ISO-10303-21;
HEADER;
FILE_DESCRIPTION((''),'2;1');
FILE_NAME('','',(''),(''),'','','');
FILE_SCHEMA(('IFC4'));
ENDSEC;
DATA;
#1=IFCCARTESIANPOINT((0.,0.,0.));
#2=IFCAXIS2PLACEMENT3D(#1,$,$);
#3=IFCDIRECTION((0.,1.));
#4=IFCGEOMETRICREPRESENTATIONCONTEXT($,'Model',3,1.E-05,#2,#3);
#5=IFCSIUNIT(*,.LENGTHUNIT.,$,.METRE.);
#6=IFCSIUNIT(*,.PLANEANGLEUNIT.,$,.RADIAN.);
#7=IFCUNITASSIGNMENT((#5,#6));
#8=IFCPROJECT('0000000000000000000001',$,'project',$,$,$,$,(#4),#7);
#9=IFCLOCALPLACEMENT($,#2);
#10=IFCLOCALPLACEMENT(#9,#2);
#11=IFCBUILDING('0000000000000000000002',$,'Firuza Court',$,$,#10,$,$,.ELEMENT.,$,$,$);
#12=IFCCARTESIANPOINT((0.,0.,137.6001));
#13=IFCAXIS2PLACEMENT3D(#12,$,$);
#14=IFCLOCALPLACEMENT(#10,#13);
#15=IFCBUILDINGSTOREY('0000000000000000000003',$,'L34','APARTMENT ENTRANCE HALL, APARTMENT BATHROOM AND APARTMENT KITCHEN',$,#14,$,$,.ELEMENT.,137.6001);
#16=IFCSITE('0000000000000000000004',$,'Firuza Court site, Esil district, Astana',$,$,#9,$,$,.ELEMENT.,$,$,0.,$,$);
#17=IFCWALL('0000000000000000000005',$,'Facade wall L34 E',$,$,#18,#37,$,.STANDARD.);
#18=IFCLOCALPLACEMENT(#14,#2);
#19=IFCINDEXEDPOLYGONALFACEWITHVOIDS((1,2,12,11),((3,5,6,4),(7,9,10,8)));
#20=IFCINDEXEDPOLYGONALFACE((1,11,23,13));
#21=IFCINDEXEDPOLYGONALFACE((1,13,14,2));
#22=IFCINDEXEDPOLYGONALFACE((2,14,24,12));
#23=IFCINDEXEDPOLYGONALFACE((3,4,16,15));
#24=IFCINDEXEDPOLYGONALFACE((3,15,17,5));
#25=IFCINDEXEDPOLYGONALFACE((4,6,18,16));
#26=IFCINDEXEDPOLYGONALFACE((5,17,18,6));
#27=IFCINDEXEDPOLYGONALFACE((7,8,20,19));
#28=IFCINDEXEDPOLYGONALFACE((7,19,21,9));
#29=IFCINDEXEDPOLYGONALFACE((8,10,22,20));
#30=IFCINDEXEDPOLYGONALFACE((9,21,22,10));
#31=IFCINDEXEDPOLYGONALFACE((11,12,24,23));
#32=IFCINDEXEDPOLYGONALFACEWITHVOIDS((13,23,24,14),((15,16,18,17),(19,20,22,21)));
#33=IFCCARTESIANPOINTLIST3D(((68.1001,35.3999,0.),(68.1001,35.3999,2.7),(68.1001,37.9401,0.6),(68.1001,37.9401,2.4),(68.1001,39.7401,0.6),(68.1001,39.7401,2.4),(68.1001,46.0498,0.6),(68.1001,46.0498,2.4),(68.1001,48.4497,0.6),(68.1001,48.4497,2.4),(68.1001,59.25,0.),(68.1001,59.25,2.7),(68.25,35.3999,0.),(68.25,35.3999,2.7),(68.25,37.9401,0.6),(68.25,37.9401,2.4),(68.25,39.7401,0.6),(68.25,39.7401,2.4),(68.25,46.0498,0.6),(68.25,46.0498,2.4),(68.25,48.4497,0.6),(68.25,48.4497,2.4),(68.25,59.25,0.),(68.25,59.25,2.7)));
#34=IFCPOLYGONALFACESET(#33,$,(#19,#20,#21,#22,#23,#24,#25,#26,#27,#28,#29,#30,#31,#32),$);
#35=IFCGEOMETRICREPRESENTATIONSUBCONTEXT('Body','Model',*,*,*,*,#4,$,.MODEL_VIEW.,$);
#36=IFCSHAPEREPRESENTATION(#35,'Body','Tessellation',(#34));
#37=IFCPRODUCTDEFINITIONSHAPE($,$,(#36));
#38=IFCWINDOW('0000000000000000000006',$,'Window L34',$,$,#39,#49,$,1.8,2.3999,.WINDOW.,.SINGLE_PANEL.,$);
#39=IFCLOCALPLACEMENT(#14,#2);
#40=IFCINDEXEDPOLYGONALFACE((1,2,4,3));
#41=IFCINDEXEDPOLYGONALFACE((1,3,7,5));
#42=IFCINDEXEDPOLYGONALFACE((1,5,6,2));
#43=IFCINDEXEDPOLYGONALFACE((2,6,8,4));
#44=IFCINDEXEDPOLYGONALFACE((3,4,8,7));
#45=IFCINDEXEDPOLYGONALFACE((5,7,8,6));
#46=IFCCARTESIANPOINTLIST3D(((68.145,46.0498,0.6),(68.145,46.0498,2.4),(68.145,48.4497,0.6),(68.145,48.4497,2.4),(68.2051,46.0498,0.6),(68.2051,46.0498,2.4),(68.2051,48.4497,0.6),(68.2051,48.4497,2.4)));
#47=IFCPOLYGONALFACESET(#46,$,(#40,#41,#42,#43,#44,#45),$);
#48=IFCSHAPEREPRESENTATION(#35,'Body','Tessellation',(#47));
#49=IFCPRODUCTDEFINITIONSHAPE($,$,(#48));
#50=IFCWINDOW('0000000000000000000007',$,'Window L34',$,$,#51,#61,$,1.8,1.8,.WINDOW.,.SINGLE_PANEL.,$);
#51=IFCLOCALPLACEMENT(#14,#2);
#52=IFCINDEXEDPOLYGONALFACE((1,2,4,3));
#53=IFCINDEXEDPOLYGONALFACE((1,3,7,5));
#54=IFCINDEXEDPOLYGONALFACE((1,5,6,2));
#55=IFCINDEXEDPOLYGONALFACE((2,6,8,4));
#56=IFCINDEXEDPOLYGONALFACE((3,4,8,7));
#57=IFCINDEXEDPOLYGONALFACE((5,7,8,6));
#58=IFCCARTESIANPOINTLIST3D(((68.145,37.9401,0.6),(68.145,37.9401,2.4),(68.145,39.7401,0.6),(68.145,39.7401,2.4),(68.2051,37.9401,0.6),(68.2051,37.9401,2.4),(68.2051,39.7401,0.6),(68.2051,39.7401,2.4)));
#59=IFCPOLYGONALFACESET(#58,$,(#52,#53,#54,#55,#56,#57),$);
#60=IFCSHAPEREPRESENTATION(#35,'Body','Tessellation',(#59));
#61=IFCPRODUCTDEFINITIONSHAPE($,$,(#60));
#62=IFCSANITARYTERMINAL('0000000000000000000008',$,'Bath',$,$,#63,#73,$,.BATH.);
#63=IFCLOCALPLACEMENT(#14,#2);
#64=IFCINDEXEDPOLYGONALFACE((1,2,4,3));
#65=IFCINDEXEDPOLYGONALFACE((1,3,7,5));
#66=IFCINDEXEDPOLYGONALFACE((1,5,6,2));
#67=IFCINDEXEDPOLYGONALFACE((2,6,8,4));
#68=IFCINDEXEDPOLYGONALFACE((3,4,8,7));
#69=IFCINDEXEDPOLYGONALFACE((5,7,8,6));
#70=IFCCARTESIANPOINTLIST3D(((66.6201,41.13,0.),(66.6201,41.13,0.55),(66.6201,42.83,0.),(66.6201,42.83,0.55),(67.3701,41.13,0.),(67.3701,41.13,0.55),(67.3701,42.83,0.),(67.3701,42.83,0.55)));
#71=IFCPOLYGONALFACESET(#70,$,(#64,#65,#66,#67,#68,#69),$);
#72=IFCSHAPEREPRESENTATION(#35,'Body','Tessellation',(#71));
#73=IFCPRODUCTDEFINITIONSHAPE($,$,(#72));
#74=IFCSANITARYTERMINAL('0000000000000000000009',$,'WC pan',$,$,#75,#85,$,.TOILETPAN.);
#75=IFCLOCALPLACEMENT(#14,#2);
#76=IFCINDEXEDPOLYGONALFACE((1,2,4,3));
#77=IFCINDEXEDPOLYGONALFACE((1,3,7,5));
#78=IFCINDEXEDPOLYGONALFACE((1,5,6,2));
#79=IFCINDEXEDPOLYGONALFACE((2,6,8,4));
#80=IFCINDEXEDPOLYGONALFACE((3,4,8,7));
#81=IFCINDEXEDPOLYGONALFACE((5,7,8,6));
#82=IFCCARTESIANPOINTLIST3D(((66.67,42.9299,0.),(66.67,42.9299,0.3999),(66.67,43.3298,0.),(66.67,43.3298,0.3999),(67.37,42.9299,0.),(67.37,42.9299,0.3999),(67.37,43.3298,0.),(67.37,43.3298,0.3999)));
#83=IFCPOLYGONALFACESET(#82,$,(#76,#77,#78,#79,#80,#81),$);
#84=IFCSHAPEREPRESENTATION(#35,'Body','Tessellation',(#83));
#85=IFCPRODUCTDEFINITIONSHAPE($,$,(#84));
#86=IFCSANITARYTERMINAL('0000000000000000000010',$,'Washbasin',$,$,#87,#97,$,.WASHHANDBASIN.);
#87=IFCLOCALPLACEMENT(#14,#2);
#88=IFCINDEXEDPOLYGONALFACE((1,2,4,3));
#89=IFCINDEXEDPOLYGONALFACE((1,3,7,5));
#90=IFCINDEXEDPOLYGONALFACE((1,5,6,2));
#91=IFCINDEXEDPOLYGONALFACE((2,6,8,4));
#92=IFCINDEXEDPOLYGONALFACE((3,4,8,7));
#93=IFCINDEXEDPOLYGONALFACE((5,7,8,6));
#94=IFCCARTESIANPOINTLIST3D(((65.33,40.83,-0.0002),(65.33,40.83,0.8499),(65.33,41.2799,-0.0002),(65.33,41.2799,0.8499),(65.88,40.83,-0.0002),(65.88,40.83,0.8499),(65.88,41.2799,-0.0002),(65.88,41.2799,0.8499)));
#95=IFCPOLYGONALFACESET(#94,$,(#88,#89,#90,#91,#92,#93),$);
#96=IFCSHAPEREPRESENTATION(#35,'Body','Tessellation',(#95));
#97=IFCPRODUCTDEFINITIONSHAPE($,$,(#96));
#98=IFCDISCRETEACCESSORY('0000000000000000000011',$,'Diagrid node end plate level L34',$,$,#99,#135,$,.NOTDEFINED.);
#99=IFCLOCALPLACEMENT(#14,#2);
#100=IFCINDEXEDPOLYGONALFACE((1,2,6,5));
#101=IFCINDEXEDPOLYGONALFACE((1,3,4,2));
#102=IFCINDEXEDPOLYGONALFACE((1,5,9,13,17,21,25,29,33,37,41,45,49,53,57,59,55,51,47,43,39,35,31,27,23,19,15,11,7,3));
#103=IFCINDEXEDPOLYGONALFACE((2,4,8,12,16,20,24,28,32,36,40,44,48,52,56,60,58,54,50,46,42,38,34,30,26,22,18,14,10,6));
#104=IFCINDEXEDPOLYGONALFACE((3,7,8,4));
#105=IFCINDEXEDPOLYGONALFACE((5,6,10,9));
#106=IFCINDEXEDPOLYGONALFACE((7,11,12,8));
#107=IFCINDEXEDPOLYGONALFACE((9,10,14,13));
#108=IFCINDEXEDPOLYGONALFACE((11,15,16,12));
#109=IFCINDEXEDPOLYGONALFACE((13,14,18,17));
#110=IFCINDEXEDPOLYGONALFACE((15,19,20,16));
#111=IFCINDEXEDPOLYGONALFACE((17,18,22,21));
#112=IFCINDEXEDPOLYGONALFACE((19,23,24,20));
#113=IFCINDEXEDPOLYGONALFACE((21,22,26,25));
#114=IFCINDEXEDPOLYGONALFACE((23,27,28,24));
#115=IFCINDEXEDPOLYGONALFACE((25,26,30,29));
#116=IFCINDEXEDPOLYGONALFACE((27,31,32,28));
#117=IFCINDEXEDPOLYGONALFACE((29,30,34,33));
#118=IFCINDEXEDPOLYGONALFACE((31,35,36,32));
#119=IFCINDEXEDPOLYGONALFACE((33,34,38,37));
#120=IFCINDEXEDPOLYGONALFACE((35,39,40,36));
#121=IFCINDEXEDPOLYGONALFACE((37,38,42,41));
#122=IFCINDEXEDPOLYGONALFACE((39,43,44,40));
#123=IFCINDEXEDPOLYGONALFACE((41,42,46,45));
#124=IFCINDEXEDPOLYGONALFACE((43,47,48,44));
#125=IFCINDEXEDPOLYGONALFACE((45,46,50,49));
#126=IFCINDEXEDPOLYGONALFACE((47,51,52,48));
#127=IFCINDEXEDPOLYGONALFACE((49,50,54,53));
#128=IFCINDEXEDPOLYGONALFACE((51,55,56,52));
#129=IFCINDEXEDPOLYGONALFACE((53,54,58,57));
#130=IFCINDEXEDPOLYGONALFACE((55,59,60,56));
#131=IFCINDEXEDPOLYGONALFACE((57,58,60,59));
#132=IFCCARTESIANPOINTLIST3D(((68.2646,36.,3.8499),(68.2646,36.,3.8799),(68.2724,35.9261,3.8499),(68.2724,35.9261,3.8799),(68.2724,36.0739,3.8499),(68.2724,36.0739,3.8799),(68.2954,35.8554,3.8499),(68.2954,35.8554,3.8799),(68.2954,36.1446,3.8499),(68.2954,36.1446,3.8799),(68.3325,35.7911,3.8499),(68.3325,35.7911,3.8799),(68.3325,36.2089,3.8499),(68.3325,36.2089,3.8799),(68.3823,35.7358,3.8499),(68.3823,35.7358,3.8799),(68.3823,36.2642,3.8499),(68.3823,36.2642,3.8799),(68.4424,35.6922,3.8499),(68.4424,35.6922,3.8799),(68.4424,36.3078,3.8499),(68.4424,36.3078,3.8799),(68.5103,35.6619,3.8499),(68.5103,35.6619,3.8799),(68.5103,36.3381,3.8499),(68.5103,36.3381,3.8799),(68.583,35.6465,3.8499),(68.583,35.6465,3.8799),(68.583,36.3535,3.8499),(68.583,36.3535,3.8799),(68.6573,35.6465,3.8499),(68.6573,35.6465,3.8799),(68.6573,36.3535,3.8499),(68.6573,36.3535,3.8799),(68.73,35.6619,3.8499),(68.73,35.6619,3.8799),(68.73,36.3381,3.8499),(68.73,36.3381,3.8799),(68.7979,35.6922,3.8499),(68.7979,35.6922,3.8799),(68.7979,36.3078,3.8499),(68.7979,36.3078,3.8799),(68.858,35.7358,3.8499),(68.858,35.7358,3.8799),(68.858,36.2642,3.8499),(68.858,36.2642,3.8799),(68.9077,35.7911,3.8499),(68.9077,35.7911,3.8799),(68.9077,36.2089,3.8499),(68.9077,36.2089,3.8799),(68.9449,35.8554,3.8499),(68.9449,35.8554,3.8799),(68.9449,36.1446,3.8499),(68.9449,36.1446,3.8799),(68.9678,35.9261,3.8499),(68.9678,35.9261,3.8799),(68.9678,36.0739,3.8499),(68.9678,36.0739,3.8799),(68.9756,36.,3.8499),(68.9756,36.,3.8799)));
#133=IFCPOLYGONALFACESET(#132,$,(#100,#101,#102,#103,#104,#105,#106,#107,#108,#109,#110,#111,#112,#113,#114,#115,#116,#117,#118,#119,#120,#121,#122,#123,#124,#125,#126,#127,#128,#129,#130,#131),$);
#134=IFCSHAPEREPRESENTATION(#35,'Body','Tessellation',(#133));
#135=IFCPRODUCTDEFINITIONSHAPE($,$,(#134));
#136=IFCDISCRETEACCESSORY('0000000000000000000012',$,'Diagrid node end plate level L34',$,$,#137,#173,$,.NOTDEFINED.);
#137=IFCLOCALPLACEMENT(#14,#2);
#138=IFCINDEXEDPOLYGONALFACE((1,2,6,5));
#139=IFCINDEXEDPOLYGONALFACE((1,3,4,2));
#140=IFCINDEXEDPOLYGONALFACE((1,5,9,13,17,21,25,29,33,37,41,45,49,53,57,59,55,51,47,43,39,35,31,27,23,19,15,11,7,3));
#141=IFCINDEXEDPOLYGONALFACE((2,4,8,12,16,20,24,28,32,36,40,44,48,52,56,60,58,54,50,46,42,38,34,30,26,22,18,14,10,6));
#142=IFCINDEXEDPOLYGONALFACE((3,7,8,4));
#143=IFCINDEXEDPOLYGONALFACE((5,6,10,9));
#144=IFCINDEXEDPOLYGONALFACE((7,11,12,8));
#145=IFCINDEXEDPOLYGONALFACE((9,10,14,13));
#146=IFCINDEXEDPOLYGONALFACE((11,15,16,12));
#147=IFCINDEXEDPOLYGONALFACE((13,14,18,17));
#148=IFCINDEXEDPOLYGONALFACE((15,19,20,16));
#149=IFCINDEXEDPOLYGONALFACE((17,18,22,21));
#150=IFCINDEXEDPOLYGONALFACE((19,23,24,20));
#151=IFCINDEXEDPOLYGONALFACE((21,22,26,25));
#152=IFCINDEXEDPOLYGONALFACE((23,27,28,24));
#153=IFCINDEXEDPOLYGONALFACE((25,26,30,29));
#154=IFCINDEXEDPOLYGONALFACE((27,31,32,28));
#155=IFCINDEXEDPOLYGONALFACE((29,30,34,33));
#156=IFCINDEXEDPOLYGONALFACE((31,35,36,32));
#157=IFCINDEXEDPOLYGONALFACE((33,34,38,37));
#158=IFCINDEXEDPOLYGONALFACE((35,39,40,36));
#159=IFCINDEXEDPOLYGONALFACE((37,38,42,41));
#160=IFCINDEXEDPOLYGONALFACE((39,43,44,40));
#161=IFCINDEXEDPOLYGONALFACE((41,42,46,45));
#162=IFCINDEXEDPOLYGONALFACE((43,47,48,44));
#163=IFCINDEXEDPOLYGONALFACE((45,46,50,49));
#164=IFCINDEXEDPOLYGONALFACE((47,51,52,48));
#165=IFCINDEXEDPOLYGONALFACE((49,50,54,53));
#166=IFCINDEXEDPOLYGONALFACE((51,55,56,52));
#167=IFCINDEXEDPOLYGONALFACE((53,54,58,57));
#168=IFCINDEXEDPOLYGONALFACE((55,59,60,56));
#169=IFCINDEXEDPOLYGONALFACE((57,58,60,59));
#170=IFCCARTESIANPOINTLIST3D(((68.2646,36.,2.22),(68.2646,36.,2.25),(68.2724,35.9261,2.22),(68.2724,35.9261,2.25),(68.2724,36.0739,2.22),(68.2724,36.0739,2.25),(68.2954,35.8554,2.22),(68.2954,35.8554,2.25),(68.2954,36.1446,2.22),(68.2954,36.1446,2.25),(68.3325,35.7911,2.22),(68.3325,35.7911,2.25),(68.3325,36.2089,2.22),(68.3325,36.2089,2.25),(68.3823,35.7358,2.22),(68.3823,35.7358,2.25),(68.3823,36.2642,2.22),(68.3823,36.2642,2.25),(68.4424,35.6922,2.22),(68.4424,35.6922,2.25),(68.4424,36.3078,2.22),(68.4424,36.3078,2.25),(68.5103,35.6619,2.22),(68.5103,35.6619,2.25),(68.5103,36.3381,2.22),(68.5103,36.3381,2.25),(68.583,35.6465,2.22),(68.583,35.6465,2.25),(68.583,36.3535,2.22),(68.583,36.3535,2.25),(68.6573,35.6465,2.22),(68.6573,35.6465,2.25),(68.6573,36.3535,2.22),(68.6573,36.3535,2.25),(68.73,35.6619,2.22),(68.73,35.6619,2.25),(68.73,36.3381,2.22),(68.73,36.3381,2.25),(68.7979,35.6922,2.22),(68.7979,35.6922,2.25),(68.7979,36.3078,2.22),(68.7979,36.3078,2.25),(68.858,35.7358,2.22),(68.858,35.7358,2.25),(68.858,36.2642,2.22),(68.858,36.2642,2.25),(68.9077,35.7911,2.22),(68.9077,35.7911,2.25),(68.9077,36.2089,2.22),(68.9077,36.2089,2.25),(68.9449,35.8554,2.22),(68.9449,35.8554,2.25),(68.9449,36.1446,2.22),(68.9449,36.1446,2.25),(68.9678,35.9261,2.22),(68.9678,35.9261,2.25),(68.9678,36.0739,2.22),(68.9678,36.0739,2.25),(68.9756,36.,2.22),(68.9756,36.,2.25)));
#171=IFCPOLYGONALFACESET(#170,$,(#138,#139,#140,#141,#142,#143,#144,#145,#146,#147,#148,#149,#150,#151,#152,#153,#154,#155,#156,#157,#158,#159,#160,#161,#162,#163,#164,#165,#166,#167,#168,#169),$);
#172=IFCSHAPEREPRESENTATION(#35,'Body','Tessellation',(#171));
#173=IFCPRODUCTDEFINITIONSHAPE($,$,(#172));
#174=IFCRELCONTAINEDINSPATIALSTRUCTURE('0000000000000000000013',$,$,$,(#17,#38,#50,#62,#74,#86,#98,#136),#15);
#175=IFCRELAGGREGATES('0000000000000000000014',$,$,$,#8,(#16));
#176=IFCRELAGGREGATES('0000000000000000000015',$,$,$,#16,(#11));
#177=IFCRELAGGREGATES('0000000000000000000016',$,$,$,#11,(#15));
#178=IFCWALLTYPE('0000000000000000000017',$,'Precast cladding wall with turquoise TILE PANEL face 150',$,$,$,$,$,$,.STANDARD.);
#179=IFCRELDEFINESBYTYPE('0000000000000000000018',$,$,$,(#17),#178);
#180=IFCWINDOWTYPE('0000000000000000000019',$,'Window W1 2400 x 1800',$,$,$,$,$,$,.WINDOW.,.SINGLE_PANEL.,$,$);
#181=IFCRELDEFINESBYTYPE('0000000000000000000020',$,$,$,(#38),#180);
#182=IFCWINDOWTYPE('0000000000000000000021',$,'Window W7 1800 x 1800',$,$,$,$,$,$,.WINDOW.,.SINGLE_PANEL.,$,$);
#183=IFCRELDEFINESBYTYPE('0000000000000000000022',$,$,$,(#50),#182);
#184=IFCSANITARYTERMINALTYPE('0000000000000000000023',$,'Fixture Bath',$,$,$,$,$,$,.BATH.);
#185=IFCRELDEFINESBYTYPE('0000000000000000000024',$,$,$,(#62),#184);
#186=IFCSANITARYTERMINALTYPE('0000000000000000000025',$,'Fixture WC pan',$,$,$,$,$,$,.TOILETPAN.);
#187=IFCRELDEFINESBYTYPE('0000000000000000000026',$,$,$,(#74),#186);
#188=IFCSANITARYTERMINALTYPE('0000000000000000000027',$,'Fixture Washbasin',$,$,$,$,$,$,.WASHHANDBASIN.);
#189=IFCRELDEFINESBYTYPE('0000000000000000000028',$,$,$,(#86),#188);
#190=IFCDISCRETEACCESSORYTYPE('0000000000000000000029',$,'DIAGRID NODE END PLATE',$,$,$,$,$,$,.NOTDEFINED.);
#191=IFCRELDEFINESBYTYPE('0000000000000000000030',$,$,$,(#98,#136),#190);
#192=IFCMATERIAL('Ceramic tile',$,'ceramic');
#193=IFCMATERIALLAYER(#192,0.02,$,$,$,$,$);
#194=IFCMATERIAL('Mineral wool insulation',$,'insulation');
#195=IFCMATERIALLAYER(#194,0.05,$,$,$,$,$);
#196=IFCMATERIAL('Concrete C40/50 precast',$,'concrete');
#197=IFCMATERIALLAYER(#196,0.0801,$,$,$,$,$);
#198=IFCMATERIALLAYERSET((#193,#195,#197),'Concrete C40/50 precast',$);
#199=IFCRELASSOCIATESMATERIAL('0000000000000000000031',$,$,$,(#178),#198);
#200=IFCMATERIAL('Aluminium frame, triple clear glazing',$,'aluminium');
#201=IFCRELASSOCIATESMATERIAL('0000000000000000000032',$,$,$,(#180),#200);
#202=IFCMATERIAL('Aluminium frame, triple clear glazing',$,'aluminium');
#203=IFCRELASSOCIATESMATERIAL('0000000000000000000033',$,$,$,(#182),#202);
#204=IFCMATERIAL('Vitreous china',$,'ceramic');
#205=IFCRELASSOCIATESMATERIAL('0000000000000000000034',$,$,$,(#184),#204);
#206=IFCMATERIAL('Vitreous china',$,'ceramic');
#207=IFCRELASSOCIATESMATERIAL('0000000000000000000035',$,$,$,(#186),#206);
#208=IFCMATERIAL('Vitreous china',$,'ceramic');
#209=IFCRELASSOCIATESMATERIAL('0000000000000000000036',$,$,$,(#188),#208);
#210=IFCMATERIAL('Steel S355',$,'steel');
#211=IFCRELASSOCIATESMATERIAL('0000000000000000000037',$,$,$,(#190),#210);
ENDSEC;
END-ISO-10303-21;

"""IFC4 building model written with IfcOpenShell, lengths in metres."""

from ifc_helpers import new_model, si_unit, direction, frame, frame_2d, origin, origin_2d, place, context, subcontext, project, spatial, rectangle, circle, extrude, material, layer, layer_set, material_profile, profile_set, type_object, element, fill, save


model = new_model("IFC4")

# Units and contexts
model_context = context("Model", 3, precision=1e-05, world=origin(), true_north=direction((0.0, 1.0)))
body_context = subcontext(model_context, "Body", "Model", "MODEL_VIEW")
ifc_project = project(units=[si_unit("LENGTHUNIT", "METRE"), si_unit("PLANEANGLEUNIT", "RADIAN")], contexts=[model_context])

# Site, building, storey
site_placement = place(None, origin())
site = spatial("IfcSite", under=ifc_project, at=site_placement, Name="Firuza Court site, Esil district, Astana", CompositionType="ELEMENT", RefElevation=0.0)
building_placement = place(site_placement, origin())
building = spatial("IfcBuilding", under=site, at=building_placement, Name="Firuza Court", CompositionType="ELEMENT")
storey_placement = place(building_placement, frame((0.0, 0.0, 137.6001)))
storey = spatial("IfcBuildingStorey", under=building, at=storey_placement, Name="L34", Description="APARTMENT ENTRANCE HALL, APARTMENT BATHROOM AND APARTMENT KITCHEN", CompositionType="ELEMENT", Elevation=137.6001)

# Wall, openings, windows
ifc_material_1 = material(Name="Ceramic tile", Category="ceramic")
ifc_layer_1 = layer(ifc_material_1, 0.02)
ifc_material_2 = material(Name="Mineral wool insulation", Category="insulation")
ifc_layer_2 = layer(ifc_material_2, 0.05)
ifc_material_3 = material(Name="Concrete C40/50 precast", Category="concrete")
ifc_layer_3 = layer(ifc_material_3, 0.0801)
ifc_layer_set_1 = layer_set([ifc_layer_1, ifc_layer_2, ifc_layer_3], Name="Concrete C40/50 precast")
wall_type_1 = type_object("IfcWallType", Name="Precast cladding wall with turquoise TILE PANEL face 150", PredefinedType="STANDARD", material=ifc_layer_set_1)
wall_1_placement = place(storey_placement, frame((68.175, 35.3999, 0.0), z_axis=(0.0, 0.0, 1.0), x_axis=(0.0, 1.0, 0.0)))
wall_1 = element("IfcWall", 1, at=wall_1_placement, inside=storey, type_object=wall_type_1, Name="Facade wall L34 E", PredefinedType="STANDARD", context=body_context, shape_type="SweptSolid", body=[
    extrude(rectangle(XDim=23.8501, YDim=0.1499, at=frame_2d((11.925, 0.0))), origin(), (0.0, 0.0, 1.0), 2.7),
])
opening_1_placement = place(wall_1_placement, frame((2.5403, 0.0, 0.6001)))
opening_1 = element("IfcOpeningElement", 2, at=opening_1_placement, cuts=wall_1, PredefinedType="OPENING", context=body_context, shape_type="SweptSolid", body=[
    extrude(rectangle(XDim=1.8, YDim=1.8, at=frame_2d((0.8999, 0.8999))), frame((0.0, 0.0869, 0.0), z_axis=(0.0, -1.0, 0.0), x_axis=(1.0, 0.0, 0.0)), (0.0, 0.0, 1.0), 0.1738),
])
opening_2_placement = place(wall_1_placement, frame((10.6499, 0.0, 0.6001)))
opening_2 = element("IfcOpeningElement", 3, at=opening_2_placement, cuts=wall_1, PredefinedType="OPENING", context=body_context, shape_type="SweptSolid", body=[
    extrude(rectangle(XDim=2.3999, YDim=1.8, at=frame_2d((1.2, 0.8999))), frame((0.0, 0.0869, 0.0), z_axis=(0.0, -1.0, 0.0), x_axis=(1.0, 0.0, 0.0)), (0.0, 0.0, 1.0), 0.1738),
])
ifc_material_4 = material(Name="Aluminium frame, triple clear glazing", Category="aluminium")
window_type_1 = type_object("IfcWindowType", Name="Window W1 2400 x 1800", PartitioningType="SINGLE_PANEL", PredefinedType="WINDOW", material=ifc_material_4)
window_1_placement = place(opening_2_placement, origin())
window_1 = element("IfcWindow", 4, at=window_1_placement, inside=storey, type_object=window_type_1, Name="Window L34", OverallHeight=1.8, OverallWidth=2.3999, PartitioningType="SINGLE_PANEL", PredefinedType="WINDOW", context=body_context, shape_type="SweptSolid", body=[
    extrude(rectangle(XDim=2.3999, YDim=1.8, at=frame_2d((1.2, 0.8999))), frame((0.0, 0.03, 0.0), z_axis=(0.0, -1.0, 0.0), x_axis=(1.0, 0.0, 0.0)), (0.0, 0.0, 1.0), 0.0601),
])
fill(opening_2, window_1)
ifc_material_5 = material(Name="Aluminium frame, triple clear glazing", Category="aluminium")
window_type_2 = type_object("IfcWindowType", Name="Window W7 1800 x 1800", PartitioningType="SINGLE_PANEL", PredefinedType="WINDOW", material=ifc_material_5)
window_2_placement = place(opening_1_placement, origin())
window_2 = element("IfcWindow", 5, at=window_2_placement, inside=storey, type_object=window_type_2, Name="Window L34", OverallHeight=1.8, OverallWidth=1.8, PartitioningType="SINGLE_PANEL", PredefinedType="WINDOW", context=body_context, shape_type="SweptSolid", body=[
    extrude(rectangle(XDim=1.8, YDim=1.8, at=frame_2d((0.8999, 0.8999))), frame((0.0, 0.03, 0.0), z_axis=(0.0, -1.0, 0.0), x_axis=(1.0, 0.0, 0.0)), (0.0, 0.0, 1.0), 0.0601),
])
fill(opening_1, window_2)

# Sanitary terminals
ifc_material_6 = material(Name="Vitreous china", Category="ceramic")
sanitary_terminal_type_1 = type_object("IfcSanitaryTerminalType", Name="Fixture Bath", PredefinedType="BATH", material=ifc_material_6)
sanitary_terminal_1_placement = place(storey_placement, frame((66.9951, 41.98, 0.0), z_axis=(0.0, 0.0, 1.0), x_axis=(1.0, 0.0, 0.0)))
element("IfcSanitaryTerminal", 6, at=sanitary_terminal_1_placement, inside=storey, type_object=sanitary_terminal_type_1, Name="Bath", PredefinedType="BATH", context=body_context, shape_type="SweptSolid", body=[
    extrude(rectangle(XDim=0.75, YDim=1.7, at=origin_2d()), origin(), (0.0, 0.0, 1.0), 0.55),
])
ifc_material_7 = material(Name="Vitreous china", Category="ceramic")
sanitary_terminal_type_2 = type_object("IfcSanitaryTerminalType", Name="Fixture WC pan", PredefinedType="TOILETPAN", material=ifc_material_7)
sanitary_terminal_2_placement = place(storey_placement, frame((67.02, 43.1299, 0.0), z_axis=(0.0, 0.0, 1.0), x_axis=(1.0, 0.0, 0.0)))
element("IfcSanitaryTerminal", 7, at=sanitary_terminal_2_placement, inside=storey, type_object=sanitary_terminal_type_2, Name="WC pan", PredefinedType="TOILETPAN", context=body_context, shape_type="SweptSolid", body=[
    extrude(rectangle(XDim=0.7, YDim=0.3999, at=origin_2d()), origin(), (0.0, 0.0, 1.0), 0.3999),
])
ifc_material_8 = material(Name="Vitreous china", Category="ceramic")
sanitary_terminal_type_3 = type_object("IfcSanitaryTerminalType", Name="Fixture Washbasin", PredefinedType="WASHHANDBASIN", material=ifc_material_8)
sanitary_terminal_3_placement = place(storey_placement, frame((65.605, 41.0549, -0.0002), z_axis=(0.0, 0.0, 1.0), x_axis=(1.0, 0.0, 0.0)))
element("IfcSanitaryTerminal", 8, at=sanitary_terminal_3_placement, inside=storey, type_object=sanitary_terminal_type_3, Name="Washbasin", PredefinedType="WASHHANDBASIN", context=body_context, shape_type="SweptSolid", body=[
    extrude(rectangle(XDim=0.55, YDim=0.45, at=origin_2d()), origin(), (0.0, 0.0, 1.0), 0.8501),
])

# Discrete accessories
ifc_material_9 = material(Name="Steel S355", Category="steel")
ifc_material_profile_1 = material_profile(ifc_material_9, circle(Radius=0.3555, at=origin_2d()), Name="PL D711")
ifc_profile_set_1 = profile_set([ifc_material_profile_1], Name="Steel S355")
discrete_accessory_type = type_object("IfcDiscreteAccessoryType", Name="DIAGRID NODE END PLATE", PredefinedType="NOTDEFINED", material=ifc_profile_set_1)
for number, where, z_axis, x_axis, name in (
    (9, (68.6201, 36.0, 3.8499), (0.0, 0.0, 1.0), (1.0, 0.0, 0.0), "Diagrid node end plate level L34"),
    (10, (68.6201, 36.0, 2.22), (0.0, 0.0, 1.0), (1.0, 0.0, 0.0), "Diagrid node end plate level L34"),
):
    element("IfcDiscreteAccessory", number, at=place(storey_placement, frame(where, z_axis=z_axis, x_axis=x_axis)), inside=storey, type_object=discrete_accessory_type, Name=name, PredefinedType="NOTDEFINED", context=body_context, shape_type="SweptSolid", body=[
        extrude(circle(Radius=0.3555, at=origin_2d()), origin(), (0.0, 0.0, 1.0), 0.03),
    ])

save(model, "model.ifc")
